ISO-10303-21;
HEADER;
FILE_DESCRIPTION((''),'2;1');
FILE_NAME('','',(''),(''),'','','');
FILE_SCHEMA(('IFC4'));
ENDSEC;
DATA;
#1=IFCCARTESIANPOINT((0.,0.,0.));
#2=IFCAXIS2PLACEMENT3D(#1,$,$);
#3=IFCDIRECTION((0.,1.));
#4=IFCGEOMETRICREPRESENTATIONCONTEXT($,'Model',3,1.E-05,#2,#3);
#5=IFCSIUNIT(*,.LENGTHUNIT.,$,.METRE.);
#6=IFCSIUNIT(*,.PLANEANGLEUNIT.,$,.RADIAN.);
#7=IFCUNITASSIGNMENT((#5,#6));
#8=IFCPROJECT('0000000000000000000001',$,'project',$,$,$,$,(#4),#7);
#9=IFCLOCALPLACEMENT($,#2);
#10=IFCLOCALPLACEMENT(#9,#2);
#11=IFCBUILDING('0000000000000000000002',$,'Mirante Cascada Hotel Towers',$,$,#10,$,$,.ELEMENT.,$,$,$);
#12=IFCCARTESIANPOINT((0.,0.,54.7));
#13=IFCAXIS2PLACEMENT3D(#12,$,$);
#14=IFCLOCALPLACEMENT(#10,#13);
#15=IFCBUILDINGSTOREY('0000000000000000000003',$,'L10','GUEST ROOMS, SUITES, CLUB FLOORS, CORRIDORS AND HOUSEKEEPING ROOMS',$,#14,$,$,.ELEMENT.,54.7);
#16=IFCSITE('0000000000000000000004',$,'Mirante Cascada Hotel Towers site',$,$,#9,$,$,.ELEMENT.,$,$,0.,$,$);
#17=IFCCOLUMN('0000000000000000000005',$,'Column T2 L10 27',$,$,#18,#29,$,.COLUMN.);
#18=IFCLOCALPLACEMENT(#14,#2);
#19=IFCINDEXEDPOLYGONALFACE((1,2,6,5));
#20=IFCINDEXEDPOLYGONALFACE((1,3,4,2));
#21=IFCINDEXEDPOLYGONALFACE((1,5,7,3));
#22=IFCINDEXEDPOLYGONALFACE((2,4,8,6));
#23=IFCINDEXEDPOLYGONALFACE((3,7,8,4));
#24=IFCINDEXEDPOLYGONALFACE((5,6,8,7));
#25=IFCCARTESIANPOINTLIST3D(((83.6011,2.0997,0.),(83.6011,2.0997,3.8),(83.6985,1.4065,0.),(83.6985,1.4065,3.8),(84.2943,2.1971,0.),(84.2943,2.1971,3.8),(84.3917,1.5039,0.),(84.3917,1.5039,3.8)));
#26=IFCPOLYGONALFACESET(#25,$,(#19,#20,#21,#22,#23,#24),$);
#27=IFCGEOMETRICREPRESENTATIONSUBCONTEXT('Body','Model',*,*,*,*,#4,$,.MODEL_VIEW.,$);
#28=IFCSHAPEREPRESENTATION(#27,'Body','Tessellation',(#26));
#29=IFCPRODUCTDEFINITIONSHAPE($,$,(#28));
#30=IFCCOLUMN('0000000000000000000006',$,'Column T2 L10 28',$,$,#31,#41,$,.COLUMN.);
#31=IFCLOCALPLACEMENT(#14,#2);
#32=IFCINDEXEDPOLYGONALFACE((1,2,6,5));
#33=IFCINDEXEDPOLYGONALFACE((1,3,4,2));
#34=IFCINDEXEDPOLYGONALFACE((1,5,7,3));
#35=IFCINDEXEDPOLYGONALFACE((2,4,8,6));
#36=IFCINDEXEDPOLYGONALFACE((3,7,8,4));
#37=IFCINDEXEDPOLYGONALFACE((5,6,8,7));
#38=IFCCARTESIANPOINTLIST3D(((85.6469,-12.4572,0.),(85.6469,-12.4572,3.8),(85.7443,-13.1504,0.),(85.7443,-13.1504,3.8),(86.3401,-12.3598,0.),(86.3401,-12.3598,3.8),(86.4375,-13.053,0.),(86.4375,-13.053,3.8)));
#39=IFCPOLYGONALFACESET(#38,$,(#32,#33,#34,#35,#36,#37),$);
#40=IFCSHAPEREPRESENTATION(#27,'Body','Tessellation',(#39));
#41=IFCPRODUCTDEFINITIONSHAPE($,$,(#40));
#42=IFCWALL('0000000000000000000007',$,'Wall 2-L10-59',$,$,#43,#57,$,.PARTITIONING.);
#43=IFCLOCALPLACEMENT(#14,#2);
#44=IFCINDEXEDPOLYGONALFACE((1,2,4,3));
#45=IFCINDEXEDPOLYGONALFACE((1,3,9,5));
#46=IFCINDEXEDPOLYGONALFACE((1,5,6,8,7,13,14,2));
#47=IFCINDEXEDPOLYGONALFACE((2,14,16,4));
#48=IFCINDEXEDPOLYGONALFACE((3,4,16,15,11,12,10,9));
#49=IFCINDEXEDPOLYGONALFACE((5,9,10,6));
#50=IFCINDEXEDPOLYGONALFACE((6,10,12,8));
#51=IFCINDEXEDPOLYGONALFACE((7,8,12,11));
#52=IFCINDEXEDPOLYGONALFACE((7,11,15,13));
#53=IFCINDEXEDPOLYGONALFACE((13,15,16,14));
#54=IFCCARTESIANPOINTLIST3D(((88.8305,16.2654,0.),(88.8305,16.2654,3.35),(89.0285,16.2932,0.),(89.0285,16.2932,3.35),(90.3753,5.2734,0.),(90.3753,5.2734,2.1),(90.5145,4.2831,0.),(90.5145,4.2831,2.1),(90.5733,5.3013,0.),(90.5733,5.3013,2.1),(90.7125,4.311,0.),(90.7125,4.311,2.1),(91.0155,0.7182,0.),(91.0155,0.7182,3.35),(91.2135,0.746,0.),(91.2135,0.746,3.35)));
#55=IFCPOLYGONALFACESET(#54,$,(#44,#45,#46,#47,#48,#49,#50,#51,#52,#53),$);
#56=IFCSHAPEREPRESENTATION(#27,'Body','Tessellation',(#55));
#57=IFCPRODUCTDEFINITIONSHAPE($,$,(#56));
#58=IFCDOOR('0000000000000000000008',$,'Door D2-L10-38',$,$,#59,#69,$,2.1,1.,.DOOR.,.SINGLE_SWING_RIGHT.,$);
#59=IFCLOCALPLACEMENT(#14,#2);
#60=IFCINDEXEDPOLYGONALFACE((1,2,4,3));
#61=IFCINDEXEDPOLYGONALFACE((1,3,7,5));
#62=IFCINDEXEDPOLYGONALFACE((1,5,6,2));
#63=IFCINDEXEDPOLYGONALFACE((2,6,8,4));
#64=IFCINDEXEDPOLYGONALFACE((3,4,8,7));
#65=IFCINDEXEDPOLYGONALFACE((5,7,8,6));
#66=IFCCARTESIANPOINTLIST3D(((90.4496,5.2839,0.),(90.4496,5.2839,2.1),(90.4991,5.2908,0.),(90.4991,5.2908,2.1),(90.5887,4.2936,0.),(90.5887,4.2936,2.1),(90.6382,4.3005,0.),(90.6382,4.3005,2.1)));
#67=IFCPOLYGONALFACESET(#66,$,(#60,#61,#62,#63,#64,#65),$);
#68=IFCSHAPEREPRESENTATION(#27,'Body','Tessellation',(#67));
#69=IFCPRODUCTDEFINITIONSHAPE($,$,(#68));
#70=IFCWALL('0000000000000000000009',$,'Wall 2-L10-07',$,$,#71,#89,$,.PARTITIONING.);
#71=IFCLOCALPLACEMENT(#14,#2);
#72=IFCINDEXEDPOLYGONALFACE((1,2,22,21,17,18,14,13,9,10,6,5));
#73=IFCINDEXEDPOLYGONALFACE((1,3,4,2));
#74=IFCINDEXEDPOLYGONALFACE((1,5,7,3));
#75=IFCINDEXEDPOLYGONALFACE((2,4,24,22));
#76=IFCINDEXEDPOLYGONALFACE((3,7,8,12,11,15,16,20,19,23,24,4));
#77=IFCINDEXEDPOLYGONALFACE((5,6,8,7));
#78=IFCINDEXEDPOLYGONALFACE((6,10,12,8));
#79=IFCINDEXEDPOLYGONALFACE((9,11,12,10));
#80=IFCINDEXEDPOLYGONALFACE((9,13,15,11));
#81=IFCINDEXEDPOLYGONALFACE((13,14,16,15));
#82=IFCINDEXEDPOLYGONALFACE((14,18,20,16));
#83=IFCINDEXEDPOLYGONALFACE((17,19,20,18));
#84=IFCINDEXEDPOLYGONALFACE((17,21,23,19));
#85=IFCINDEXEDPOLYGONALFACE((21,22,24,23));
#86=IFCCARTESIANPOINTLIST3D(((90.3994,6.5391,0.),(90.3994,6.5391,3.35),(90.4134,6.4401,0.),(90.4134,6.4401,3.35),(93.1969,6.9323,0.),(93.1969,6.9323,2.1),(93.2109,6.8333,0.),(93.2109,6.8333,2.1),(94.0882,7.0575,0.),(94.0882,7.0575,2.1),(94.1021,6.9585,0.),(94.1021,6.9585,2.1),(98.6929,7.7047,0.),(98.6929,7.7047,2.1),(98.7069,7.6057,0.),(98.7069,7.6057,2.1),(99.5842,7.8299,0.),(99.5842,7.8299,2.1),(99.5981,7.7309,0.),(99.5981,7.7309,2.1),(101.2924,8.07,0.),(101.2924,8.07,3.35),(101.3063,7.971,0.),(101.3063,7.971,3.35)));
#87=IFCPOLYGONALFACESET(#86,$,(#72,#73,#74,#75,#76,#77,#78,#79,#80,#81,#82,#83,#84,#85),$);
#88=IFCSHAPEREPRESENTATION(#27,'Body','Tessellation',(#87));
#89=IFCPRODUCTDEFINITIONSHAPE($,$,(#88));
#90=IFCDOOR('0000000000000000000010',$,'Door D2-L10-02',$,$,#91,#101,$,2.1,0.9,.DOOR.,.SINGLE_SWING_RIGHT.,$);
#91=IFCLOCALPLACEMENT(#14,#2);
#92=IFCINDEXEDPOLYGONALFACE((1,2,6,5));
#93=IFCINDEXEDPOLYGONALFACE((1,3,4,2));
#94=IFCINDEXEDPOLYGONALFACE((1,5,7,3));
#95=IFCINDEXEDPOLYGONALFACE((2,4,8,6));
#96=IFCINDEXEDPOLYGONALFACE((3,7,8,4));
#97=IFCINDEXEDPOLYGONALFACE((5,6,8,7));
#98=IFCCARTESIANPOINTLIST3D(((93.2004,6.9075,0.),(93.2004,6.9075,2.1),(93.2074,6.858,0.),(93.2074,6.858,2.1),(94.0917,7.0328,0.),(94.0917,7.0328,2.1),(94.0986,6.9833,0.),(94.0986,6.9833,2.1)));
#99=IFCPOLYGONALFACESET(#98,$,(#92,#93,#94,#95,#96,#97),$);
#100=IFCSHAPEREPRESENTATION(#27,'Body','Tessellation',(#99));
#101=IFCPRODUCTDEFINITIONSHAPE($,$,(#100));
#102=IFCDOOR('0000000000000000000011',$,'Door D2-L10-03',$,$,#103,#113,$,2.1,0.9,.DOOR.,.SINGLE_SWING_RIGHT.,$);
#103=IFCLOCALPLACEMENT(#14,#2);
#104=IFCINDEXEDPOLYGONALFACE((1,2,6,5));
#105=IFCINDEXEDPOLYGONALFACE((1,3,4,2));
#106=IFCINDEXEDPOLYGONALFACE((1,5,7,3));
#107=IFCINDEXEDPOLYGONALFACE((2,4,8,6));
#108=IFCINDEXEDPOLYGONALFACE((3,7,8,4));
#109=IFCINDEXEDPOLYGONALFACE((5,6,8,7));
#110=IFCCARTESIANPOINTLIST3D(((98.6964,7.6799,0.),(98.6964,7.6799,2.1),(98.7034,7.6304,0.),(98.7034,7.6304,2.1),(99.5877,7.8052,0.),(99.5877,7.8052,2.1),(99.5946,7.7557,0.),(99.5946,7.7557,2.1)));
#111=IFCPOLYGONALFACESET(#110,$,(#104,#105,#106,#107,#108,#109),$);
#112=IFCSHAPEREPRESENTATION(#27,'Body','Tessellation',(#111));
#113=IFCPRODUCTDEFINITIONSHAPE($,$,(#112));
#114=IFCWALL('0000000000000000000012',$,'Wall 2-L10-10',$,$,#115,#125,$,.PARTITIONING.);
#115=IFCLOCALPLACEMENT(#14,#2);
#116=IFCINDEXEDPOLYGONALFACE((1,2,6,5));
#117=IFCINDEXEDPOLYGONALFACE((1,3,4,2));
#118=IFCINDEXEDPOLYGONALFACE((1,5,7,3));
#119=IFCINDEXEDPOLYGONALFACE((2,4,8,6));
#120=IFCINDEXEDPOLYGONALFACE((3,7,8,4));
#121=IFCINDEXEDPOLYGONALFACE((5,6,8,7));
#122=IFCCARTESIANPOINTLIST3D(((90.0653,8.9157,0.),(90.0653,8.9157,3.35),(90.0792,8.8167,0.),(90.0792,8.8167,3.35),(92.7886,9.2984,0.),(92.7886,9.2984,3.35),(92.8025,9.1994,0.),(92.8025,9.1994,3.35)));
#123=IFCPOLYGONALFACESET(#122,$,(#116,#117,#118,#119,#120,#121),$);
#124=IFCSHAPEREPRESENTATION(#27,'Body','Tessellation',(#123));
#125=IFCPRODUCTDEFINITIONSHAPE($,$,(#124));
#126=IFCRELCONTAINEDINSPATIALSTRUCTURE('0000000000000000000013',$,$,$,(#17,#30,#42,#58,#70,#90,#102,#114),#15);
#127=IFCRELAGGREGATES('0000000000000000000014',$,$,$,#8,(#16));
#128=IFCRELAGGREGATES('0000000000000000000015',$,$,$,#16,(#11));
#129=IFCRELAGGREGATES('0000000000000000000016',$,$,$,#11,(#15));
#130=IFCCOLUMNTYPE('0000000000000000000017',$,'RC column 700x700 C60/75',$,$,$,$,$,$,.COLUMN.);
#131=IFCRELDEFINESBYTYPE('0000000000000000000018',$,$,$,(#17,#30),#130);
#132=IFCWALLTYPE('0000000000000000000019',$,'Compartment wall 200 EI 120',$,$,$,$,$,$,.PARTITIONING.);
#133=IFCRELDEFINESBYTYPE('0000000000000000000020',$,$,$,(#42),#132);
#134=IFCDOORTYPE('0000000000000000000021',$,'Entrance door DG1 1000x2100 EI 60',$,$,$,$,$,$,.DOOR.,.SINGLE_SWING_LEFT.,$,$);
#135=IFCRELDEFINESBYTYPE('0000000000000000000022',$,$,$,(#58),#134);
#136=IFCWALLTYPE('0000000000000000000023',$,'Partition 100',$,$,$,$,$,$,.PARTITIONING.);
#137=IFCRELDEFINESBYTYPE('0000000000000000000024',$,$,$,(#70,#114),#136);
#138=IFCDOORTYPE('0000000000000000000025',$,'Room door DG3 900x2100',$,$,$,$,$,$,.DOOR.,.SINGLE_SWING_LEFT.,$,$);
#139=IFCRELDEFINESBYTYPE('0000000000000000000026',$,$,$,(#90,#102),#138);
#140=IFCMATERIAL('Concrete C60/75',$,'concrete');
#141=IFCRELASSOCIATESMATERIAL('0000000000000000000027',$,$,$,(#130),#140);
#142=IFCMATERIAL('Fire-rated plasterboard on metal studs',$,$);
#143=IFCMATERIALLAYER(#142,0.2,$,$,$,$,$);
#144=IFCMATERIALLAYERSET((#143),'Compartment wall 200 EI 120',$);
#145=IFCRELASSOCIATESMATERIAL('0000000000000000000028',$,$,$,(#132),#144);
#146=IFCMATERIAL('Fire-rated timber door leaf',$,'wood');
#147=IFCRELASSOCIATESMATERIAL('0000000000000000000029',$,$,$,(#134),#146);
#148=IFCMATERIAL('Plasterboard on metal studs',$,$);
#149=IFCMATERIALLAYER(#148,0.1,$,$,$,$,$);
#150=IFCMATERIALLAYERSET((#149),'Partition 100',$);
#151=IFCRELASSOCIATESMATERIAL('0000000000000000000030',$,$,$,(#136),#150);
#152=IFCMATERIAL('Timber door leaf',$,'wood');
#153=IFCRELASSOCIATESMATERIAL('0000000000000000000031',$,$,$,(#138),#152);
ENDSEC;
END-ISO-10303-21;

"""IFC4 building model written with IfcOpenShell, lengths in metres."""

from ifc_helpers import new_model, si_unit, direction, frame, frame_2d, origin, origin_2d, place, context, subcontext, project, spatial, rectangle, extrude, material, layer, layer_set, material_profile, profile_set, type_object, element, fill, save


model = new_model("IFC4")

# Units and contexts
model_context = context("Model", 3, precision=1e-05, world=origin(), true_north=direction((0.0, 1.0)))
body_context = subcontext(model_context, "Body", "Model", "MODEL_VIEW")
ifc_project = project(units=[si_unit("LENGTHUNIT", "METRE"), si_unit("PLANEANGLEUNIT", "RADIAN")], contexts=[model_context])

# Site, building, storey
site_placement = place(None, origin())
site = spatial("IfcSite", under=ifc_project, at=site_placement, Name="Mirante Cascada Hotel Towers site", CompositionType="ELEMENT", RefElevation=0.0)
building_placement = place(site_placement, origin())
building = spatial("IfcBuilding", under=site, at=building_placement, Name="Mirante Cascada Hotel Towers", CompositionType="ELEMENT")
storey_placement = place(building_placement, frame((0.0, 0.0, 54.7)))
storey = spatial("IfcBuildingStorey", under=building, at=storey_placement, Name="L10", Description="GUEST ROOMS, SUITES, CLUB FLOORS, CORRIDORS AND HOUSEKEEPING ROOMS", CompositionType="ELEMENT", Elevation=54.7)

# Columns
ifc_material_1 = material(Name="Concrete C60/75", Category="concrete")
ifc_material_profile = material_profile(ifc_material_1, rectangle(XDim=0.7, YDim=0.7, at=origin_2d()), Name="RC column 700x700 C60/75")
ifc_profile_set = profile_set([ifc_material_profile], Name="Concrete C60/75")
column_type = type_object("IfcColumnType", Name="RC column 700x700 C60/75", PredefinedType="COLUMN", material=ifc_profile_set)
for number, where, z_axis, x_axis, name in (
    (1, (83.9964, 1.8018, 0.0), (0.0, 0.0, 1.0), (0.990268, 0.139173, 0.0), "Column T2 L10 27"),
    (2, (86.0422, -12.7551, 0.0), (0.0, 0.0, 1.0), (0.990268, 0.139173, 0.0), "Column T2 L10 28"),
):
    element("IfcColumn", number, at=place(storey_placement, frame(where, z_axis=z_axis, x_axis=x_axis)), inside=storey, type_object=column_type, Name=name, PredefinedType="COLUMN", context=body_context, shape_type="SweptSolid", body=[
        extrude(rectangle(XDim=0.7, YDim=0.7, at=origin_2d()), origin(), (0.0, 0.0, 1.0), 3.8),
    ])

# Wall, opening, door
ifc_material_2 = material(Name="Fire-rated plasterboard on metal studs")
ifc_layer_1 = layer(ifc_material_2, 0.2)
ifc_layer_set_1 = layer_set([ifc_layer_1], Name="Compartment wall 200 EI 120")
wall_type_1 = type_object("IfcWallType", Name="Compartment wall 200 EI 120", PredefinedType="PARTITIONING", material=ifc_layer_set_1)
wall_1_placement = place(storey_placement, frame((91.1145, 0.7321, 0.0), z_axis=(0.0, 0.0, 1.0), x_axis=(-0.139172, 0.990268, 0.0)))
wall_1 = element("IfcWall", 3, at=wall_1_placement, inside=storey, type_object=wall_type_1, Name="Wall 2-L10-59", PredefinedType="PARTITIONING", context=body_context, shape_type="SweptSolid", body=[
    extrude(rectangle(XDim=15.7, YDim=0.2, at=frame_2d((7.85, 0.0))), origin(), (0.0, 0.0, 1.0), 3.35),
])
opening_1_placement = place(wall_1_placement, frame((3.6, 0.0, 0.0)))
opening_1 = element("IfcOpeningElement", 4, at=opening_1_placement, cuts=wall_1, PredefinedType="OPENING", context=body_context, shape_type="SweptSolid", body=[
    extrude(rectangle(XDim=1.0, YDim=2.1, at=frame_2d((0.5, 1.05))), frame((0.0, 0.1, 0.0), z_axis=(0.0, -1.0, 0.0), x_axis=(1.0, 0.0, 0.0)), (0.0, 0.0, 1.0), 0.2),
])
ifc_material_3 = material(Name="Fire-rated timber door leaf", Category="wood")
door_type_1 = type_object("IfcDoorType", Name="Entrance door DG1 1000x2100 EI 60", OperationType="SINGLE_SWING_LEFT", PredefinedType="DOOR", material=ifc_material_3)
door_1_placement = place(opening_1_placement, frame((1.0, 0.0, 0.0), z_axis=(0.0, 0.0, 1.0), x_axis=(-1.0, 0.0, 0.0)))
door_1 = element("IfcDoor", 5, at=door_1_placement, inside=storey, type_object=door_type_1, Name="Door D2-L10-38", OperationType="SINGLE_SWING_RIGHT", OverallHeight=2.1, OverallWidth=1.0, PredefinedType="DOOR", context=body_context, shape_type="SweptSolid", body=[
    extrude(rectangle(XDim=1.0, YDim=2.1, at=frame_2d((0.5, 1.05))), frame((0.0, 0.025, 0.0), z_axis=(0.0, -1.0, 0.0), x_axis=(1.0, 0.0, 0.0)), (0.0, 0.0, 1.0), 0.05),
])
fill(opening_1, door_1)

# Wall, openings, doors
ifc_material_4 = material(Name="Plasterboard on metal studs")
ifc_layer_2 = layer(ifc_material_4, 0.1)
ifc_layer_set_2 = layer_set([ifc_layer_2], Name="Partition 100")
wall_type_2 = type_object("IfcWallType", Name="Partition 100", PredefinedType="PARTITIONING", material=ifc_layer_set_2)
wall_2_placement = place(storey_placement, frame((90.4064, 6.4896, 0.0), z_axis=(0.0, 0.0, 1.0), x_axis=(0.990268, 0.139173, 0.0)))
wall_2 = element("IfcWall", 6, at=wall_2_placement, inside=storey, type_object=wall_type_2, Name="Wall 2-L10-07", PredefinedType="PARTITIONING", context=body_context, shape_type="SweptSolid", body=[
    extrude(rectangle(XDim=11.0, YDim=0.1, at=frame_2d((5.5, 0.0))), origin(), (0.0, 0.0, 1.0), 3.35),
])
opening_2_placement = place(wall_2_placement, frame((2.825, 0.0, 0.0)))
opening_2 = element("IfcOpeningElement", 7, at=opening_2_placement, cuts=wall_2, PredefinedType="OPENING", context=body_context, shape_type="SweptSolid", body=[
    extrude(rectangle(XDim=0.9, YDim=2.1, at=frame_2d((0.45, 1.05))), frame((0.0, 0.05, 0.0), z_axis=(0.0, -1.0, 0.0), x_axis=(1.0, 0.0, 0.0)), (0.0, 0.0, 1.0), 0.1),
])
opening_3_placement = place(wall_2_placement, frame((8.375, 0.0, 0.0)))
opening_3 = element("IfcOpeningElement", 8, at=opening_3_placement, cuts=wall_2, PredefinedType="OPENING", context=body_context, shape_type="SweptSolid", body=[
    extrude(rectangle(XDim=0.9, YDim=2.1, at=frame_2d((0.45, 1.05))), frame((0.0, 0.05, 0.0), z_axis=(0.0, -1.0, 0.0), x_axis=(1.0, 0.0, 0.0)), (0.0, 0.0, 1.0), 0.1),
])
ifc_material_5 = material(Name="Timber door leaf", Category="wood")
door_type_2 = type_object("IfcDoorType", Name="Room door DG3 900x2100", OperationType="SINGLE_SWING_LEFT", PredefinedType="DOOR", material=ifc_material_5)
door_2_placement = place(opening_2_placement, frame((0.9, 0.0, 0.0), z_axis=(0.0, 0.0, 1.0), x_axis=(-1.0, 0.0, 0.0)))
door_2 = element("IfcDoor", 9, at=door_2_placement, inside=storey, type_object=door_type_2, Name="Door D2-L10-02", OperationType="SINGLE_SWING_RIGHT", OverallHeight=2.1, OverallWidth=0.9, PredefinedType="DOOR", context=body_context, shape_type="SweptSolid", body=[
    extrude(rectangle(XDim=0.9, YDim=2.1, at=frame_2d((0.45, 1.05))), frame((0.0, 0.025, 0.0), z_axis=(0.0, -1.0, 0.0), x_axis=(1.0, 0.0, 0.0)), (0.0, 0.0, 1.0), 0.05),
])
fill(opening_2, door_2)
door_3_placement = place(opening_3_placement, frame((0.9, 0.0, 0.0), z_axis=(0.0, 0.0, 1.0), x_axis=(-1.0, 0.0, 0.0)))
door_3 = element("IfcDoor", 10, at=door_3_placement, inside=storey, type_object=door_type_2, Name="Door D2-L10-03", OperationType="SINGLE_SWING_RIGHT", OverallHeight=2.1, OverallWidth=0.9, PredefinedType="DOOR", context=body_context, shape_type="SweptSolid", body=[
    extrude(rectangle(XDim=0.9, YDim=2.1, at=frame_2d((0.45, 1.05))), frame((0.0, 0.025, 0.0), z_axis=(0.0, -1.0, 0.0), x_axis=(1.0, 0.0, 0.0)), (0.0, 0.0, 1.0), 0.05),
])
fill(opening_3, door_3)

# Wall
wall_3_placement = place(storey_placement, frame((92.7956, 9.2489, 0.0), z_axis=(0.0, 0.0, 1.0), x_axis=(-0.99027, -0.139161, 0.0)))
element("IfcWall", 11, at=wall_3_placement, inside=storey, type_object=wall_type_2, Name="Wall 2-L10-10", PredefinedType="PARTITIONING", context=body_context, shape_type="SweptSolid", body=[
    extrude(rectangle(XDim=2.7501, YDim=0.1, at=frame_2d((1.3751, 0.0))), origin(), (0.0, 0.0, 1.0), 3.35),
])

save(model, "model.ifc")
